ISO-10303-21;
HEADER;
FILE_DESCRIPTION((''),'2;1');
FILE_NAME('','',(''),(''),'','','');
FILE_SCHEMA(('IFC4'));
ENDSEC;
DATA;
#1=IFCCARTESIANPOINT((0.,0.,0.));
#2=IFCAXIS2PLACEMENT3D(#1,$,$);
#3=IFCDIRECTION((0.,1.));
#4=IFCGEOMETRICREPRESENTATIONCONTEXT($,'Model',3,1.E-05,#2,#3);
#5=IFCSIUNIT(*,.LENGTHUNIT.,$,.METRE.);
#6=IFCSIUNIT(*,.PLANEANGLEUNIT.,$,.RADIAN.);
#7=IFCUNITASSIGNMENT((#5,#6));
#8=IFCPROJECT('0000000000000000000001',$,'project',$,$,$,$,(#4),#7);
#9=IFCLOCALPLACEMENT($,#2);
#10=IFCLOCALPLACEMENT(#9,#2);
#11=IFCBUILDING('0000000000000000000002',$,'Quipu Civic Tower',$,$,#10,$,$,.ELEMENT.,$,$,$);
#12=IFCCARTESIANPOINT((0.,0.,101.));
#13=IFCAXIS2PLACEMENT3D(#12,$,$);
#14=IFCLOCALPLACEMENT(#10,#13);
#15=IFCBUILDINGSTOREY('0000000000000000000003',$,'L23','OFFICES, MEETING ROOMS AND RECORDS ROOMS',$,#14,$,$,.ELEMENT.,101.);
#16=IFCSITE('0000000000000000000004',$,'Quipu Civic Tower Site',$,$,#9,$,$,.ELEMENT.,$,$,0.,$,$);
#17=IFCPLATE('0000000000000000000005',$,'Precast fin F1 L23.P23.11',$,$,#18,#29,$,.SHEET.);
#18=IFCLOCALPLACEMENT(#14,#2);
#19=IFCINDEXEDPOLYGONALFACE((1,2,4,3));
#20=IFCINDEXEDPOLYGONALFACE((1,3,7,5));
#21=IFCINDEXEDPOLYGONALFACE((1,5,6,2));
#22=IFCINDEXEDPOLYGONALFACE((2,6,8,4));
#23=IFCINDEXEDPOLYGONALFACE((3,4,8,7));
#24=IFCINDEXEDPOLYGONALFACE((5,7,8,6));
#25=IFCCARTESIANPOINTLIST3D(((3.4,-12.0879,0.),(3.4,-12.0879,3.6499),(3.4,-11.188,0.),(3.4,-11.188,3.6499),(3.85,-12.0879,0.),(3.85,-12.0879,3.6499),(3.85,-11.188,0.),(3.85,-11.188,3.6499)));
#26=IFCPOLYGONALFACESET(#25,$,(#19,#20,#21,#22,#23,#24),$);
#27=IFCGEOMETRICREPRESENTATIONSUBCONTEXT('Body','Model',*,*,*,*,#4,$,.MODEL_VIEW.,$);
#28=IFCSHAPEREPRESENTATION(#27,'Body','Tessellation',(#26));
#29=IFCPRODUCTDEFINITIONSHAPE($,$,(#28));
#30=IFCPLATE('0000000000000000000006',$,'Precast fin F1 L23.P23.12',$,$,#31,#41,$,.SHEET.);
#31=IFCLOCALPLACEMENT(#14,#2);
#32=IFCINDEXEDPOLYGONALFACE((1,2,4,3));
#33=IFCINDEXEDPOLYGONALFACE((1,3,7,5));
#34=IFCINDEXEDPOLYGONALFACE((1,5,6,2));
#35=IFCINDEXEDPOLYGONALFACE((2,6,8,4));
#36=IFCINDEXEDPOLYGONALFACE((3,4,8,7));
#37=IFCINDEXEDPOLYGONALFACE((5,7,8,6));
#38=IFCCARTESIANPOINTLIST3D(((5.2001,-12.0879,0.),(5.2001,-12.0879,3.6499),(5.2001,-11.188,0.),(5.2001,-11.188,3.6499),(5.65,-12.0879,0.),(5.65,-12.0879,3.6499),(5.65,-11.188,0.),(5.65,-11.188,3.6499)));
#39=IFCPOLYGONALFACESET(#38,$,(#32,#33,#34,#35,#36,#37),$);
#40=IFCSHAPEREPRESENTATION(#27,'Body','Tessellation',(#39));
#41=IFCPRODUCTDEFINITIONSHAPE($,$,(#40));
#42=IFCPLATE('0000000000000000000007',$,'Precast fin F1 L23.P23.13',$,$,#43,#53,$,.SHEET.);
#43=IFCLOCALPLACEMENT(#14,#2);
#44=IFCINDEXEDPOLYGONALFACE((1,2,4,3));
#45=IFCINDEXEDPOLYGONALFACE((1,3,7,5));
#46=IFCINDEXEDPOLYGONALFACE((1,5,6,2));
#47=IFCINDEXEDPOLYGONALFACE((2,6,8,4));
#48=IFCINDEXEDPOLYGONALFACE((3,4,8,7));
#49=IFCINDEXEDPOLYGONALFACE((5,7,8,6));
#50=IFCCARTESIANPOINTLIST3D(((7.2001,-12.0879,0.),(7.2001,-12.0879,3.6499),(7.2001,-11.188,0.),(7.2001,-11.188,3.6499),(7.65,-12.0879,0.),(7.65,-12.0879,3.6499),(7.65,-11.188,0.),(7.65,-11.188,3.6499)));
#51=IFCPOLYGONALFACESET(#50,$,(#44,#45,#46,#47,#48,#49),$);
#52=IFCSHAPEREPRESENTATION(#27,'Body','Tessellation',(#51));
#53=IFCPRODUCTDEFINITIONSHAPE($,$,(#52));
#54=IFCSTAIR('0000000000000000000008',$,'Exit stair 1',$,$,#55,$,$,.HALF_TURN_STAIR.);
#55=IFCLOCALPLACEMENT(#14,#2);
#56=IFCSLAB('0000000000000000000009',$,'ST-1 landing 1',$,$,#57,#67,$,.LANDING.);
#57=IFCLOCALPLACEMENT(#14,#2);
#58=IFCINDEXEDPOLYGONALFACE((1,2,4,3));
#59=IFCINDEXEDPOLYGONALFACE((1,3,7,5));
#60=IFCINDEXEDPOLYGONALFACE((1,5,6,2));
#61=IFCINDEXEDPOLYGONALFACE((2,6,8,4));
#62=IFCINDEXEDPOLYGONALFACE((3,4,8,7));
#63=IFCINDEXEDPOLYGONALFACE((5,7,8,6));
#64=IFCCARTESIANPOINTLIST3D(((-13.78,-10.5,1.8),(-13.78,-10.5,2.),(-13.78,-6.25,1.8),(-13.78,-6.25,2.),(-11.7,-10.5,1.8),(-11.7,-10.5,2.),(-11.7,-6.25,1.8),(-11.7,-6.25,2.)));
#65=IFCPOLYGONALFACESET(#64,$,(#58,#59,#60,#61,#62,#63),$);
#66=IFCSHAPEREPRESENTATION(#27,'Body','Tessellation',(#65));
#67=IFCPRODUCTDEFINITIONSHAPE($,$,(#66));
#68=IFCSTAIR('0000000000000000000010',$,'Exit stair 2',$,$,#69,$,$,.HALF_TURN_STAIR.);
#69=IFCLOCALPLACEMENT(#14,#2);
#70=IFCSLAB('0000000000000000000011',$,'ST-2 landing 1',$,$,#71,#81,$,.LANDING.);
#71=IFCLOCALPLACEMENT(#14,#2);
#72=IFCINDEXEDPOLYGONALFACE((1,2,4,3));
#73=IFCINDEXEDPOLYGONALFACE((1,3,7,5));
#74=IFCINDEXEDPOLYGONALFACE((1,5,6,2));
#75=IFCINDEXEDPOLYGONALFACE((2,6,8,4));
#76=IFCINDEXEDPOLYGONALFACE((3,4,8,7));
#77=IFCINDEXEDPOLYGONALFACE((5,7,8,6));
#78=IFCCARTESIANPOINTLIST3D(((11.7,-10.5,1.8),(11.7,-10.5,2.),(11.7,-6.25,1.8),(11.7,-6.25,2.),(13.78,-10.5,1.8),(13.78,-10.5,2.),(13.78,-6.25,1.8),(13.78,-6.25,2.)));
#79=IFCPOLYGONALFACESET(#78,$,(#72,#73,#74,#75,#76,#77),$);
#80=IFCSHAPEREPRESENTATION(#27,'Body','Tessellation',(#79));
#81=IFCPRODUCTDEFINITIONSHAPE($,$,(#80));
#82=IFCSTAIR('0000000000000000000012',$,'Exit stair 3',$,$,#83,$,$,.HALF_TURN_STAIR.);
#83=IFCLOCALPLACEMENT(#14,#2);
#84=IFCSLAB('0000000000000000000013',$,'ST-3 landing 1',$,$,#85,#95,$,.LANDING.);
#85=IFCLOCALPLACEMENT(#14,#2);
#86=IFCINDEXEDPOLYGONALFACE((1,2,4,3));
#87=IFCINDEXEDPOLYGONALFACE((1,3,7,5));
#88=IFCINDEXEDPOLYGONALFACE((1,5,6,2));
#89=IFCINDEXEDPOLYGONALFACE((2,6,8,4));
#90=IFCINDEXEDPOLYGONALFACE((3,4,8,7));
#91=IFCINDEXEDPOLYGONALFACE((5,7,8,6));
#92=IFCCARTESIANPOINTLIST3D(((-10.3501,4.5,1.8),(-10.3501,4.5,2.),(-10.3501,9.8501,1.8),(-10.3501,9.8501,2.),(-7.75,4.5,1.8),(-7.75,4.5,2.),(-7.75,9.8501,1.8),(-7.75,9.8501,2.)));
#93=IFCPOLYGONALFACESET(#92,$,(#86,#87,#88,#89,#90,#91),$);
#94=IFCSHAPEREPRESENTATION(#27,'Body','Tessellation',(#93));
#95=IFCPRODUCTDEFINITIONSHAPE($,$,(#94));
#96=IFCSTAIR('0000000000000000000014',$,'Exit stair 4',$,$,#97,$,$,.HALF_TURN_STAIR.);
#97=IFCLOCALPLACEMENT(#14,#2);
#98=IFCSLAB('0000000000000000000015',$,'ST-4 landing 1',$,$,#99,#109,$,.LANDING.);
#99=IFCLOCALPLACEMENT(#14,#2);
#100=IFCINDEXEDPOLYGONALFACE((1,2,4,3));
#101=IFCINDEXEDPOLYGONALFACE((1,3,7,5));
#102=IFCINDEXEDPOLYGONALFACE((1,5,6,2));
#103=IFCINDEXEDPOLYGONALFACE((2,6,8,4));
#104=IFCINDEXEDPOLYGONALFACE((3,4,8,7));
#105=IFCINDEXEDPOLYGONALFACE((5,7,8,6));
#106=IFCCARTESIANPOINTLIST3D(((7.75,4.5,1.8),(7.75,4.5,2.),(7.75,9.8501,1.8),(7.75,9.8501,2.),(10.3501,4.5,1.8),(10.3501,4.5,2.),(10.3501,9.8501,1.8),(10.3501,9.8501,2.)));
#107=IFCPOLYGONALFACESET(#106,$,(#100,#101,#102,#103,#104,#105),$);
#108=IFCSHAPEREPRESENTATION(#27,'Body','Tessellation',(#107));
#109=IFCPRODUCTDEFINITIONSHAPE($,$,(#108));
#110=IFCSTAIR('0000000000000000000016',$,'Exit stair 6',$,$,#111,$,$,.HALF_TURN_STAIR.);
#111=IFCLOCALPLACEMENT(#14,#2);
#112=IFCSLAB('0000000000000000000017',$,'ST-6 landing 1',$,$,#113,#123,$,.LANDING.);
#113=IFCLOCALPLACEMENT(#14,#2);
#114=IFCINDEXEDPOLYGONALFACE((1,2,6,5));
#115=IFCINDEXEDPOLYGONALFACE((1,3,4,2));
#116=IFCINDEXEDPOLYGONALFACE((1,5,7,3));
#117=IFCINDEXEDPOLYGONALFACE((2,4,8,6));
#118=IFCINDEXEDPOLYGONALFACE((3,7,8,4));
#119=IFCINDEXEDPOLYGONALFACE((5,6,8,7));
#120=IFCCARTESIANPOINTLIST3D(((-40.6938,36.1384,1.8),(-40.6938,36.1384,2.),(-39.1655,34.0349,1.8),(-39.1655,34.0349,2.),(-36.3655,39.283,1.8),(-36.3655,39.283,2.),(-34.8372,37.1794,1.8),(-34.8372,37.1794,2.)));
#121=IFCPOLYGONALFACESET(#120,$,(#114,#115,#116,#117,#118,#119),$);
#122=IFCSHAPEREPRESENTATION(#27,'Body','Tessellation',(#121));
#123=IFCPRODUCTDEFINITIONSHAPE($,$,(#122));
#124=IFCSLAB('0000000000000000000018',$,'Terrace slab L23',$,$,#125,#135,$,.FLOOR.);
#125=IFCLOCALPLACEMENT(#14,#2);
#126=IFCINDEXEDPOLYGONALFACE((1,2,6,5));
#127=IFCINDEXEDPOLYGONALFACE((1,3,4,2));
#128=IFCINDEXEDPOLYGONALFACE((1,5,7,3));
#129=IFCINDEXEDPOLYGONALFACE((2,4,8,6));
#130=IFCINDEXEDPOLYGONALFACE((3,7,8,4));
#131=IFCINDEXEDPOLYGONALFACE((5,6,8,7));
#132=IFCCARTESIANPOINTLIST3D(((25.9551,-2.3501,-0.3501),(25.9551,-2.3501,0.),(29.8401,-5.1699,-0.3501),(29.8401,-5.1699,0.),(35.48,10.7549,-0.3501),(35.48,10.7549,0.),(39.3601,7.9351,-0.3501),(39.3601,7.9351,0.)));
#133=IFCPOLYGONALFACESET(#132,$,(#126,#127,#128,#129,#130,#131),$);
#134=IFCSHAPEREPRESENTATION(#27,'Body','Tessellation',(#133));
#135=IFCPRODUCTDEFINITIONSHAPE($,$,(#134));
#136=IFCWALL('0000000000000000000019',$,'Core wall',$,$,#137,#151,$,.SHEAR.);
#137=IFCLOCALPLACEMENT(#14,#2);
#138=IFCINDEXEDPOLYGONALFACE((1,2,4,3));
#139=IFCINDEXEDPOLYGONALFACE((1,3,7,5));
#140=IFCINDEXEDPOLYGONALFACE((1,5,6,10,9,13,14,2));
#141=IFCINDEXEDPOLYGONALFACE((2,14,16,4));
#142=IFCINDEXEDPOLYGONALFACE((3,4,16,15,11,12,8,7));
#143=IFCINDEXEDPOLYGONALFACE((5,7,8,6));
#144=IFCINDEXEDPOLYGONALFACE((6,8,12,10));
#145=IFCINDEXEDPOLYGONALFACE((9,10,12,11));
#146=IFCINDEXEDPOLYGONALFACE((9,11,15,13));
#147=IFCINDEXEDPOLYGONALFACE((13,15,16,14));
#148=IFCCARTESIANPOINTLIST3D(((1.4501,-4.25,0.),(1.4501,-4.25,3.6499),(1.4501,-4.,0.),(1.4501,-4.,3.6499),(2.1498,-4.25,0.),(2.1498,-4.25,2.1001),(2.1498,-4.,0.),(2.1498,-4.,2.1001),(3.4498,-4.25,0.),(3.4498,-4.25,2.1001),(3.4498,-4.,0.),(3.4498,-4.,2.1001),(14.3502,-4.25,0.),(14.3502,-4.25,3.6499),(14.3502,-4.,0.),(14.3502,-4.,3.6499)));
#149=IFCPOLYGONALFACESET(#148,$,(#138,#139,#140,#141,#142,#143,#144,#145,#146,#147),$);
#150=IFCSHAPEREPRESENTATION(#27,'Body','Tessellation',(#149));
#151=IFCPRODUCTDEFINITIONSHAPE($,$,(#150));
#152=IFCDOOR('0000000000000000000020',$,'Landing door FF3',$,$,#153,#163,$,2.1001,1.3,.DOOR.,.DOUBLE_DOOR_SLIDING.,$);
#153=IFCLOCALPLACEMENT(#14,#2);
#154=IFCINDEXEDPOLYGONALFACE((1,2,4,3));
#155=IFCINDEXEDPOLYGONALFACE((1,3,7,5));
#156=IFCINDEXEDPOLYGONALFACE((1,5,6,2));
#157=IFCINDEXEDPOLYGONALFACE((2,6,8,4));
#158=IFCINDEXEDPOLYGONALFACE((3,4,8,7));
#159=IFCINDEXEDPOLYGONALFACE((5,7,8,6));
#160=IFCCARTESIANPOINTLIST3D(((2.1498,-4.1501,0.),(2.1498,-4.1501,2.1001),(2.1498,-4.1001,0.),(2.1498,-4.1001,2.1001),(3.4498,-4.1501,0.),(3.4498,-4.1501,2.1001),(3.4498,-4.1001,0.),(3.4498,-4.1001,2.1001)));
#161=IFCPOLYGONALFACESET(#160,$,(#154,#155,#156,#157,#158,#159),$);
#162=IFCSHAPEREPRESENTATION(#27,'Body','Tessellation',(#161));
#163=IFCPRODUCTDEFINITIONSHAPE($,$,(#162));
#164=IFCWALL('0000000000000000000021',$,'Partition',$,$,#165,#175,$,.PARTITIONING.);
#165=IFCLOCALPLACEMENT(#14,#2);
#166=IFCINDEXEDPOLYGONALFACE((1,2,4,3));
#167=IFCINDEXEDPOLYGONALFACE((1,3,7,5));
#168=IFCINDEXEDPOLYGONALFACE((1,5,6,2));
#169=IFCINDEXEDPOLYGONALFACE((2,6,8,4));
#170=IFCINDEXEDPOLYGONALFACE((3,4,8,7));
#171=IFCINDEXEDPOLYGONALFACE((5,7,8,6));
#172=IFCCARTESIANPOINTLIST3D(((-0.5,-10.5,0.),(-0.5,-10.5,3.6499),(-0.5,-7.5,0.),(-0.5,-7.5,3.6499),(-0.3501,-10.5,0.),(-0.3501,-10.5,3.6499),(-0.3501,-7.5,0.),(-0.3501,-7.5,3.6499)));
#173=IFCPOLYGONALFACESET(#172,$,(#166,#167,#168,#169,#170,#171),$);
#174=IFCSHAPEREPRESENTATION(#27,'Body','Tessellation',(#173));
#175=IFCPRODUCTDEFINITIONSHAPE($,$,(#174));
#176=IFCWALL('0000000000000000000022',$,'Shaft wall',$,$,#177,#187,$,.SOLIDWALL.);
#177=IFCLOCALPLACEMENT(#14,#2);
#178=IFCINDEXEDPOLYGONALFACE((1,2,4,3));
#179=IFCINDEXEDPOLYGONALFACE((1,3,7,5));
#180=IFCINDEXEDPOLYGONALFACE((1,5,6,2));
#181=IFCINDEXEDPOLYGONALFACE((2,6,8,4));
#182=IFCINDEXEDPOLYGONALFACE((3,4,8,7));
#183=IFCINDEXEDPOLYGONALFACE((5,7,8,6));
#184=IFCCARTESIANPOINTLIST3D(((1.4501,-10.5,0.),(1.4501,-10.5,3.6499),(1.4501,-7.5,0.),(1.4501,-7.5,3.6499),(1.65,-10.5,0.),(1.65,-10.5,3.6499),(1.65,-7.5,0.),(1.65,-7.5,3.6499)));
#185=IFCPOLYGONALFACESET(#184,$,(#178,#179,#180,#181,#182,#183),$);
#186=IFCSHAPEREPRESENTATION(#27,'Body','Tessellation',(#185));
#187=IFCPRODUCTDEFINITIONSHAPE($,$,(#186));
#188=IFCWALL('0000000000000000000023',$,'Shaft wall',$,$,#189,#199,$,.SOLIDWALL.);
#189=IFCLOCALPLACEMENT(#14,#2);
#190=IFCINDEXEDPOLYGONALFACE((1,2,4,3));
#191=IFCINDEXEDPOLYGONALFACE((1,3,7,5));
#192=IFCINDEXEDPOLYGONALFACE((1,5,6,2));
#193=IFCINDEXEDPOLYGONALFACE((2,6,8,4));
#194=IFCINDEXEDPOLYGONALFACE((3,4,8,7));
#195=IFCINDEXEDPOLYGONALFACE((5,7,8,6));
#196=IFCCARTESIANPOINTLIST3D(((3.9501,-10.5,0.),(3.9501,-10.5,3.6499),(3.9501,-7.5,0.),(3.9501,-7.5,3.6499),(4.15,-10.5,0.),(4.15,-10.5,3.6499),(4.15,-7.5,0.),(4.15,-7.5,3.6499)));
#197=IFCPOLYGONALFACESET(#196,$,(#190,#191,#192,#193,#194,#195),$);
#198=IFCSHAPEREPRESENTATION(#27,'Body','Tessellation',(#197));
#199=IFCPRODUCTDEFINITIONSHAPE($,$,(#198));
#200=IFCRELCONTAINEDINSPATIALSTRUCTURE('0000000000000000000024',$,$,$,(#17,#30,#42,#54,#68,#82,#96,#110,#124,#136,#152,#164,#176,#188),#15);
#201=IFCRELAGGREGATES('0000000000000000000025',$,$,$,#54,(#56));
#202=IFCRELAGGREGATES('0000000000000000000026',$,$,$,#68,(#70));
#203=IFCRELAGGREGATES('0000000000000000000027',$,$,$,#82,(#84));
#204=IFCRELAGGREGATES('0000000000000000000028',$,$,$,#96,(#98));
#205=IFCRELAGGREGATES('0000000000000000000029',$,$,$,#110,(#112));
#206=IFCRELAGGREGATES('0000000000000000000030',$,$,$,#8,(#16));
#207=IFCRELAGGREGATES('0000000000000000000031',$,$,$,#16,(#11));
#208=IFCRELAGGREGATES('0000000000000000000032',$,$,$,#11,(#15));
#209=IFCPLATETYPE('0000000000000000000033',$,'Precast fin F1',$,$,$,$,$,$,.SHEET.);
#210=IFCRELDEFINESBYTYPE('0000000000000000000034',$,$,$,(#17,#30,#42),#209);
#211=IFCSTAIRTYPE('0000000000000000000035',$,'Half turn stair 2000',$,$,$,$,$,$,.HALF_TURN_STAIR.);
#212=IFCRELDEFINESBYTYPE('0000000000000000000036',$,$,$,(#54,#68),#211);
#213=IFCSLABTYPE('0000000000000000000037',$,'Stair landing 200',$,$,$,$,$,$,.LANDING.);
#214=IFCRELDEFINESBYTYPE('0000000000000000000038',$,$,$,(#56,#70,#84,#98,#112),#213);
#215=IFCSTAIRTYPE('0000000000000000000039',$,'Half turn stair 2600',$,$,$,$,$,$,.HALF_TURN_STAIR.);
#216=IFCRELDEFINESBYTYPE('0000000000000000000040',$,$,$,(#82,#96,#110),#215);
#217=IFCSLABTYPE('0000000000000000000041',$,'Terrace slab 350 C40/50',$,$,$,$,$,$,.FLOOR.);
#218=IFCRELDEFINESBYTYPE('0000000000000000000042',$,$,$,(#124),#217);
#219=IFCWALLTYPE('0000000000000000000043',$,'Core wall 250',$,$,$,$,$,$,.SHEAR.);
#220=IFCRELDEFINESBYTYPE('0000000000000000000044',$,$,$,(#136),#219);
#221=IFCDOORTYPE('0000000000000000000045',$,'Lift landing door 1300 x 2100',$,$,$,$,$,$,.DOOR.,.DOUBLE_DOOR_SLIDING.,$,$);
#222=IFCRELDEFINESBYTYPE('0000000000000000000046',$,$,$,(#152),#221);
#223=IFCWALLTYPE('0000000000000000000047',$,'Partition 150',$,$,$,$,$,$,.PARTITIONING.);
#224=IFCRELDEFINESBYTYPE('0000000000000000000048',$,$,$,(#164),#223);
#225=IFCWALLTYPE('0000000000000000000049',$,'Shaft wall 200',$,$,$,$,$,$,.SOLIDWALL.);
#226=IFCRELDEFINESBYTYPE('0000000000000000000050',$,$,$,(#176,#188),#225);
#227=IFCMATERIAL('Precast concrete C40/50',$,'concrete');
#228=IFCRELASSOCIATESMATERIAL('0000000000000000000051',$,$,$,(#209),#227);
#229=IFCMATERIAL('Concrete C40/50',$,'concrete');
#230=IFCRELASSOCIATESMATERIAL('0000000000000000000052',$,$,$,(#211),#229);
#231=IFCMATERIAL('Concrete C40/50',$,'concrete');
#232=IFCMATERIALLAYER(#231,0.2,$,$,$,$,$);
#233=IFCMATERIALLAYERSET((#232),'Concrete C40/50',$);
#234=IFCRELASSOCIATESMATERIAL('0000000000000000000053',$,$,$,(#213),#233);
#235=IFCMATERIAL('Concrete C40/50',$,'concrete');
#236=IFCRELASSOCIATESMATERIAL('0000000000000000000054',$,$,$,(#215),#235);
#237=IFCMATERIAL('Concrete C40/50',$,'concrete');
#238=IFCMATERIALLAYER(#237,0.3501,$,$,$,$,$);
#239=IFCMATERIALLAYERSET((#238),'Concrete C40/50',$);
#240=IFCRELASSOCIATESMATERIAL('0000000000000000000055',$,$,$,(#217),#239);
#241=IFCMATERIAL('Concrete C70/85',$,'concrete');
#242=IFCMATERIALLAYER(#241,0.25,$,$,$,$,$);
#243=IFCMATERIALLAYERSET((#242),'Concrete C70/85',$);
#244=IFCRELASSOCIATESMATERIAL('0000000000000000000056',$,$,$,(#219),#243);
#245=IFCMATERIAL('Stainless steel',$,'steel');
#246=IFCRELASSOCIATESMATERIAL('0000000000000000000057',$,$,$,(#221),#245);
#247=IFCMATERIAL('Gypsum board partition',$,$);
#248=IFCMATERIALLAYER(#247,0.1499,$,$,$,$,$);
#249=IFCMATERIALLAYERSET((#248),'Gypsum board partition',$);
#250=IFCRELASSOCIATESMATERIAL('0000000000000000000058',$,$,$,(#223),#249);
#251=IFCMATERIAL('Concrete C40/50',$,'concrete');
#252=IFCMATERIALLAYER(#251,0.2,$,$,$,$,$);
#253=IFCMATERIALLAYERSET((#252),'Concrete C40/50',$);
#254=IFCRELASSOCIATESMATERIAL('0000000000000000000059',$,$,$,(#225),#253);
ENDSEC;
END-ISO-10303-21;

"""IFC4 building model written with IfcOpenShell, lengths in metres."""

from ifc_helpers import new_model, si_unit, direction, frame, frame_2d, origin, origin_2d, place, context, subcontext, project, spatial, polyline, rectangle, outline, extrude, material, layer, layer_set, type_object, element, fill, aggregate, save


model = new_model("IFC4")

# Units and contexts
model_context = context("Model", 3, precision=1e-05, world=origin(), true_north=direction((0.0, 1.0)))
body_context = subcontext(model_context, "Body", "Model", "MODEL_VIEW")
ifc_project = project(units=[si_unit("LENGTHUNIT", "METRE"), si_unit("PLANEANGLEUNIT", "RADIAN")], contexts=[model_context])

# Site, building, storey
site_placement = place(None, origin())
site = spatial("IfcSite", under=ifc_project, at=site_placement, Name="Quipu Civic Tower Site", CompositionType="ELEMENT", RefElevation=0.0)
building_placement = place(site_placement, origin())
building = spatial("IfcBuilding", under=site, at=building_placement, Name="Quipu Civic Tower", CompositionType="ELEMENT")
storey_placement = place(building_placement, frame((0.0, 0.0, 101.0)))
storey = spatial("IfcBuildingStorey", under=building, at=storey_placement, Name="L23", Description="OFFICES, MEETING ROOMS AND RECORDS ROOMS", CompositionType="ELEMENT", Elevation=101.0)

# Plates
ifc_material_1 = material(Name="Precast concrete C40/50", Category="concrete")
plate_type = type_object("IfcPlateType", Name="Precast fin F1", PredefinedType="SHEET", material=ifc_material_1)
for number, where, z_axis, x_axis, name in (
    (1, (3.625, -11.6379, 0.0), (0.0, 0.0, 1.0), (1.0, 0.0, 0.0), "Precast fin F1 L23.P23.11"),
    (2, (5.425, -11.6379, 0.0), (0.0, 0.0, 1.0), (1.0, 0.0, 0.0), "Precast fin F1 L23.P23.12"),
    (3, (7.425, -11.6379, 0.0), (0.0, 0.0, 1.0), (1.0, 0.0, 0.0), "Precast fin F1 L23.P23.13"),
):
    element("IfcPlate", number, at=place(storey_placement, frame(where, z_axis=z_axis, x_axis=x_axis)), inside=storey, type_object=plate_type, Name=name, PredefinedType="SHEET", context=body_context, shape_type="SweptSolid", body=[
        extrude(rectangle(XDim=0.45, YDim=0.8999, at=origin_2d()), origin(), (0.0, 0.0, 1.0), 3.6499),
    ])

# Stairs, slabs
ifc_material_2 = material(Name="Concrete C40/50", Category="concrete")
stair_type_1 = type_object("IfcStairType", Name="Half turn stair 2000", PredefinedType="HALF_TURN_STAIR", material=ifc_material_2)
stair_1_placement = place(storey_placement, origin())
stair_1 = element("IfcStair", 4, at=stair_1_placement, inside=storey, type_object=stair_type_1, Name="Exit stair 1", PredefinedType="HALF_TURN_STAIR")
ifc_material_3 = material(Name="Concrete C40/50", Category="concrete")
ifc_layer_1 = layer(ifc_material_3, 0.2)
ifc_layer_set_1 = layer_set([ifc_layer_1], Name="Concrete C40/50")
slab_type_1 = type_object("IfcSlabType", Name="Stair landing 200", PredefinedType="LANDING", material=ifc_layer_set_1)
slab_1_placement = place(storey_placement, frame((0.0, 0.0, 1.8)))
slab_1 = element("IfcSlab", 5, at=slab_1_placement, type_object=slab_type_1, Name="ST-1 landing 1", PredefinedType="LANDING", context=body_context, shape_type="SweptSolid", body=[
    extrude(outline(polyline([(-13.78, -10.5), (-11.7, -10.5), (-11.7, -6.25), (-13.78, -6.25), (-13.78, -10.5)])), origin(), (0.0, 0.0, 1.0), 0.2),
])
aggregate(stair_1, [slab_1])
stair_2_placement = place(storey_placement, origin())
stair_2 = element("IfcStair", 6, at=stair_2_placement, inside=storey, type_object=stair_type_1, Name="Exit stair 2", PredefinedType="HALF_TURN_STAIR")
slab_2_placement = place(storey_placement, frame((0.0, 0.0, 1.8)))
slab_2 = element("IfcSlab", 7, at=slab_2_placement, type_object=slab_type_1, Name="ST-2 landing 1", PredefinedType="LANDING", context=body_context, shape_type="SweptSolid", body=[
    extrude(outline(polyline([(13.78, -6.25), (11.7, -6.25), (11.7, -10.5), (13.78, -10.5), (13.78, -6.25)])), origin(), (0.0, 0.0, 1.0), 0.2),
])
aggregate(stair_2, [slab_2])
ifc_material_4 = material(Name="Concrete C40/50", Category="concrete")
stair_type_2 = type_object("IfcStairType", Name="Half turn stair 2600", PredefinedType="HALF_TURN_STAIR", material=ifc_material_4)
stair_3_placement = place(storey_placement, origin())
stair_3 = element("IfcStair", 8, at=stair_3_placement, inside=storey, type_object=stair_type_2, Name="Exit stair 3", PredefinedType="HALF_TURN_STAIR")
slab_3_placement = place(storey_placement, frame((0.0, 0.0, 1.8)))
slab_3 = element("IfcSlab", 9, at=slab_3_placement, type_object=slab_type_1, Name="ST-3 landing 1", PredefinedType="LANDING", context=body_context, shape_type="SweptSolid", body=[
    extrude(outline(polyline([(-10.3501, 4.5), (-7.75, 4.5), (-7.75, 9.8501), (-10.3501, 9.8501), (-10.3501, 4.5)])), origin(), (0.0, 0.0, 1.0), 0.2),
])
aggregate(stair_3, [slab_3])
stair_4_placement = place(storey_placement, origin())
stair_4 = element("IfcStair", 10, at=stair_4_placement, inside=storey, type_object=stair_type_2, Name="Exit stair 4", PredefinedType="HALF_TURN_STAIR")
slab_4_placement = place(storey_placement, frame((0.0, 0.0, 1.8)))
slab_4 = element("IfcSlab", 11, at=slab_4_placement, type_object=slab_type_1, Name="ST-4 landing 1", PredefinedType="LANDING", context=body_context, shape_type="SweptSolid", body=[
    extrude(outline(polyline([(10.3501, 9.8501), (7.75, 9.8501), (7.75, 4.5), (10.3501, 4.5), (10.3501, 9.8501)])), origin(), (0.0, 0.0, 1.0), 0.2),
])
aggregate(stair_4, [slab_4])
stair_5_placement = place(storey_placement, origin())
stair_5 = element("IfcStair", 12, at=stair_5_placement, inside=storey, type_object=stair_type_2, Name="Exit stair 6", PredefinedType="HALF_TURN_STAIR")
slab_5_placement = place(storey_placement, frame((0.0, 0.0, 1.8)))
slab_5 = element("IfcSlab", 13, at=slab_5_placement, type_object=slab_type_1, Name="ST-6 landing 1", PredefinedType="LANDING", context=body_context, shape_type="SweptSolid", body=[
    extrude(outline(polyline([(-34.8372, 37.1794), (-36.3655, 39.283), (-40.6938, 36.1384), (-39.1655, 34.0349), (-34.8372, 37.1794)])), origin(), (0.0, 0.0, 1.0), 0.2),
])
aggregate(stair_5, [slab_5])

# Slab
ifc_material_5 = material(Name="Concrete C40/50", Category="concrete")
ifc_layer_2 = layer(ifc_material_5, 0.3501)
ifc_layer_set_2 = layer_set([ifc_layer_2], Name="Concrete C40/50")
slab_type_2 = type_object("IfcSlabType", Name="Terrace slab 350 C40/50", PredefinedType="FLOOR", material=ifc_layer_set_2)
slab_6_placement = place(storey_placement, frame((0.0, 0.0, -0.3501)))
element("IfcSlab", 14, at=slab_6_placement, inside=storey, type_object=slab_type_2, Name="Terrace slab L23", PredefinedType="FLOOR", context=body_context, shape_type="SweptSolid", body=[
    extrude(outline(polyline([(39.3601, 7.9351), (29.8401, -5.1699), (25.9551, -2.3501), (35.48, 10.7549), (39.3601, 7.9351)])), origin(), (0.0, 0.0, 1.0), 0.3501),
])

# Wall, opening, door
ifc_material_6 = material(Name="Concrete C70/85", Category="concrete")
ifc_layer_3 = layer(ifc_material_6, 0.25)
ifc_layer_set_3 = layer_set([ifc_layer_3], Name="Concrete C70/85")
wall_type_1 = type_object("IfcWallType", Name="Core wall 250", PredefinedType="SHEAR", material=ifc_layer_set_3)
wall_1_placement = place(storey_placement, frame((1.45, -4.125, 0.0), z_axis=(0.0, 0.0, 1.0), x_axis=(1.0, 0.0, 0.0)))
wall_1 = element("IfcWall", 15, at=wall_1_placement, inside=storey, type_object=wall_type_1, Name="Core wall", PredefinedType="SHEAR", context=body_context, shape_type="SweptSolid", body=[
    extrude(rectangle(XDim=12.9001, YDim=0.25, at=frame_2d((6.4502, 0.0))), origin(), (0.0, 0.0, 1.0), 3.6499),
])
opening_placement = place(wall_1_placement, frame((0.7, 0.0, 0.0)))
opening = element("IfcOpeningElement", 16, at=opening_placement, cuts=wall_1, PredefinedType="OPENING", context=body_context, shape_type="SweptSolid", body=[
    extrude(rectangle(XDim=1.3, YDim=2.1001, at=frame_2d((0.6499, 1.05))), frame((0.0, 0.135, 0.0), z_axis=(0.0, -1.0, 0.0), x_axis=(1.0, 0.0, 0.0)), (0.0, 0.0, 1.0), 0.27),
])
ifc_material_7 = material(Name="Stainless steel", Category="steel")
door_type = type_object("IfcDoorType", Name="Lift landing door 1300 x 2100", OperationType="DOUBLE_DOOR_SLIDING", PredefinedType="DOOR", material=ifc_material_7)
door_placement = place(opening_placement, origin())
door = element("IfcDoor", 17, at=door_placement, inside=storey, type_object=door_type, Name="Landing door FF3", OperationType="DOUBLE_DOOR_SLIDING", OverallHeight=2.1001, OverallWidth=1.3, PredefinedType="DOOR", context=body_context, shape_type="SweptSolid", body=[
    extrude(rectangle(XDim=1.3, YDim=2.1001, at=frame_2d((0.6499, 1.05))), frame((0.0, 0.0249, 0.0), z_axis=(0.0, -1.0, 0.0), x_axis=(1.0, 0.0, 0.0)), (0.0, 0.0, 1.0), 0.05),
])
fill(opening, door)

# Walls
ifc_material_8 = material(Name="Gypsum board partition")
ifc_layer_4 = layer(ifc_material_8, 0.1499)
ifc_layer_set_4 = layer_set([ifc_layer_4], Name="Gypsum board partition")
wall_type_2 = type_object("IfcWallType", Name="Partition 150", PredefinedType="PARTITIONING", material=ifc_layer_set_4)
wall_2_placement = place(storey_placement, frame((-0.425, -10.5, 0.0), z_axis=(0.0, 0.0, 1.0), x_axis=(0.0, 1.0, 0.0)))
element("IfcWall", 18, at=wall_2_placement, inside=storey, type_object=wall_type_2, Name="Partition", PredefinedType="PARTITIONING", context=body_context, shape_type="SweptSolid", body=[
    extrude(rectangle(XDim=3.0, YDim=0.1499, at=frame_2d((1.5, 0.0))), origin(), (0.0, 0.0, 1.0), 3.6499),
])
ifc_material_9 = material(Name="Concrete C40/50", Category="concrete")
ifc_layer_5 = layer(ifc_material_9, 0.2)
ifc_layer_set_5 = layer_set([ifc_layer_5], Name="Concrete C40/50")
wall_type_3 = type_object("IfcWallType", Name="Shaft wall 200", PredefinedType="SOLIDWALL", material=ifc_layer_set_5)
for number, where, z_axis, x_axis, name in (
    (19, (1.55, -10.5, 0.0), (0.0, 0.0, 1.0), (0.0, 1.0, 0.0), "Shaft wall"),
    (20, (4.05, -10.5, 0.0), (0.0, 0.0, 1.0), (0.0, 1.0, 0.0), "Shaft wall"),
):
    element("IfcWall", number, at=place(storey_placement, frame(where, z_axis=z_axis, x_axis=x_axis)), inside=storey, type_object=wall_type_3, Name=name, PredefinedType="SOLIDWALL", context=body_context, shape_type="SweptSolid", body=[
        extrude(rectangle(XDim=3.0, YDim=0.2, at=frame_2d((1.5, 0.0))), origin(), (0.0, 0.0, 1.0), 3.6499),
    ])

save(model, "model.ifc")
